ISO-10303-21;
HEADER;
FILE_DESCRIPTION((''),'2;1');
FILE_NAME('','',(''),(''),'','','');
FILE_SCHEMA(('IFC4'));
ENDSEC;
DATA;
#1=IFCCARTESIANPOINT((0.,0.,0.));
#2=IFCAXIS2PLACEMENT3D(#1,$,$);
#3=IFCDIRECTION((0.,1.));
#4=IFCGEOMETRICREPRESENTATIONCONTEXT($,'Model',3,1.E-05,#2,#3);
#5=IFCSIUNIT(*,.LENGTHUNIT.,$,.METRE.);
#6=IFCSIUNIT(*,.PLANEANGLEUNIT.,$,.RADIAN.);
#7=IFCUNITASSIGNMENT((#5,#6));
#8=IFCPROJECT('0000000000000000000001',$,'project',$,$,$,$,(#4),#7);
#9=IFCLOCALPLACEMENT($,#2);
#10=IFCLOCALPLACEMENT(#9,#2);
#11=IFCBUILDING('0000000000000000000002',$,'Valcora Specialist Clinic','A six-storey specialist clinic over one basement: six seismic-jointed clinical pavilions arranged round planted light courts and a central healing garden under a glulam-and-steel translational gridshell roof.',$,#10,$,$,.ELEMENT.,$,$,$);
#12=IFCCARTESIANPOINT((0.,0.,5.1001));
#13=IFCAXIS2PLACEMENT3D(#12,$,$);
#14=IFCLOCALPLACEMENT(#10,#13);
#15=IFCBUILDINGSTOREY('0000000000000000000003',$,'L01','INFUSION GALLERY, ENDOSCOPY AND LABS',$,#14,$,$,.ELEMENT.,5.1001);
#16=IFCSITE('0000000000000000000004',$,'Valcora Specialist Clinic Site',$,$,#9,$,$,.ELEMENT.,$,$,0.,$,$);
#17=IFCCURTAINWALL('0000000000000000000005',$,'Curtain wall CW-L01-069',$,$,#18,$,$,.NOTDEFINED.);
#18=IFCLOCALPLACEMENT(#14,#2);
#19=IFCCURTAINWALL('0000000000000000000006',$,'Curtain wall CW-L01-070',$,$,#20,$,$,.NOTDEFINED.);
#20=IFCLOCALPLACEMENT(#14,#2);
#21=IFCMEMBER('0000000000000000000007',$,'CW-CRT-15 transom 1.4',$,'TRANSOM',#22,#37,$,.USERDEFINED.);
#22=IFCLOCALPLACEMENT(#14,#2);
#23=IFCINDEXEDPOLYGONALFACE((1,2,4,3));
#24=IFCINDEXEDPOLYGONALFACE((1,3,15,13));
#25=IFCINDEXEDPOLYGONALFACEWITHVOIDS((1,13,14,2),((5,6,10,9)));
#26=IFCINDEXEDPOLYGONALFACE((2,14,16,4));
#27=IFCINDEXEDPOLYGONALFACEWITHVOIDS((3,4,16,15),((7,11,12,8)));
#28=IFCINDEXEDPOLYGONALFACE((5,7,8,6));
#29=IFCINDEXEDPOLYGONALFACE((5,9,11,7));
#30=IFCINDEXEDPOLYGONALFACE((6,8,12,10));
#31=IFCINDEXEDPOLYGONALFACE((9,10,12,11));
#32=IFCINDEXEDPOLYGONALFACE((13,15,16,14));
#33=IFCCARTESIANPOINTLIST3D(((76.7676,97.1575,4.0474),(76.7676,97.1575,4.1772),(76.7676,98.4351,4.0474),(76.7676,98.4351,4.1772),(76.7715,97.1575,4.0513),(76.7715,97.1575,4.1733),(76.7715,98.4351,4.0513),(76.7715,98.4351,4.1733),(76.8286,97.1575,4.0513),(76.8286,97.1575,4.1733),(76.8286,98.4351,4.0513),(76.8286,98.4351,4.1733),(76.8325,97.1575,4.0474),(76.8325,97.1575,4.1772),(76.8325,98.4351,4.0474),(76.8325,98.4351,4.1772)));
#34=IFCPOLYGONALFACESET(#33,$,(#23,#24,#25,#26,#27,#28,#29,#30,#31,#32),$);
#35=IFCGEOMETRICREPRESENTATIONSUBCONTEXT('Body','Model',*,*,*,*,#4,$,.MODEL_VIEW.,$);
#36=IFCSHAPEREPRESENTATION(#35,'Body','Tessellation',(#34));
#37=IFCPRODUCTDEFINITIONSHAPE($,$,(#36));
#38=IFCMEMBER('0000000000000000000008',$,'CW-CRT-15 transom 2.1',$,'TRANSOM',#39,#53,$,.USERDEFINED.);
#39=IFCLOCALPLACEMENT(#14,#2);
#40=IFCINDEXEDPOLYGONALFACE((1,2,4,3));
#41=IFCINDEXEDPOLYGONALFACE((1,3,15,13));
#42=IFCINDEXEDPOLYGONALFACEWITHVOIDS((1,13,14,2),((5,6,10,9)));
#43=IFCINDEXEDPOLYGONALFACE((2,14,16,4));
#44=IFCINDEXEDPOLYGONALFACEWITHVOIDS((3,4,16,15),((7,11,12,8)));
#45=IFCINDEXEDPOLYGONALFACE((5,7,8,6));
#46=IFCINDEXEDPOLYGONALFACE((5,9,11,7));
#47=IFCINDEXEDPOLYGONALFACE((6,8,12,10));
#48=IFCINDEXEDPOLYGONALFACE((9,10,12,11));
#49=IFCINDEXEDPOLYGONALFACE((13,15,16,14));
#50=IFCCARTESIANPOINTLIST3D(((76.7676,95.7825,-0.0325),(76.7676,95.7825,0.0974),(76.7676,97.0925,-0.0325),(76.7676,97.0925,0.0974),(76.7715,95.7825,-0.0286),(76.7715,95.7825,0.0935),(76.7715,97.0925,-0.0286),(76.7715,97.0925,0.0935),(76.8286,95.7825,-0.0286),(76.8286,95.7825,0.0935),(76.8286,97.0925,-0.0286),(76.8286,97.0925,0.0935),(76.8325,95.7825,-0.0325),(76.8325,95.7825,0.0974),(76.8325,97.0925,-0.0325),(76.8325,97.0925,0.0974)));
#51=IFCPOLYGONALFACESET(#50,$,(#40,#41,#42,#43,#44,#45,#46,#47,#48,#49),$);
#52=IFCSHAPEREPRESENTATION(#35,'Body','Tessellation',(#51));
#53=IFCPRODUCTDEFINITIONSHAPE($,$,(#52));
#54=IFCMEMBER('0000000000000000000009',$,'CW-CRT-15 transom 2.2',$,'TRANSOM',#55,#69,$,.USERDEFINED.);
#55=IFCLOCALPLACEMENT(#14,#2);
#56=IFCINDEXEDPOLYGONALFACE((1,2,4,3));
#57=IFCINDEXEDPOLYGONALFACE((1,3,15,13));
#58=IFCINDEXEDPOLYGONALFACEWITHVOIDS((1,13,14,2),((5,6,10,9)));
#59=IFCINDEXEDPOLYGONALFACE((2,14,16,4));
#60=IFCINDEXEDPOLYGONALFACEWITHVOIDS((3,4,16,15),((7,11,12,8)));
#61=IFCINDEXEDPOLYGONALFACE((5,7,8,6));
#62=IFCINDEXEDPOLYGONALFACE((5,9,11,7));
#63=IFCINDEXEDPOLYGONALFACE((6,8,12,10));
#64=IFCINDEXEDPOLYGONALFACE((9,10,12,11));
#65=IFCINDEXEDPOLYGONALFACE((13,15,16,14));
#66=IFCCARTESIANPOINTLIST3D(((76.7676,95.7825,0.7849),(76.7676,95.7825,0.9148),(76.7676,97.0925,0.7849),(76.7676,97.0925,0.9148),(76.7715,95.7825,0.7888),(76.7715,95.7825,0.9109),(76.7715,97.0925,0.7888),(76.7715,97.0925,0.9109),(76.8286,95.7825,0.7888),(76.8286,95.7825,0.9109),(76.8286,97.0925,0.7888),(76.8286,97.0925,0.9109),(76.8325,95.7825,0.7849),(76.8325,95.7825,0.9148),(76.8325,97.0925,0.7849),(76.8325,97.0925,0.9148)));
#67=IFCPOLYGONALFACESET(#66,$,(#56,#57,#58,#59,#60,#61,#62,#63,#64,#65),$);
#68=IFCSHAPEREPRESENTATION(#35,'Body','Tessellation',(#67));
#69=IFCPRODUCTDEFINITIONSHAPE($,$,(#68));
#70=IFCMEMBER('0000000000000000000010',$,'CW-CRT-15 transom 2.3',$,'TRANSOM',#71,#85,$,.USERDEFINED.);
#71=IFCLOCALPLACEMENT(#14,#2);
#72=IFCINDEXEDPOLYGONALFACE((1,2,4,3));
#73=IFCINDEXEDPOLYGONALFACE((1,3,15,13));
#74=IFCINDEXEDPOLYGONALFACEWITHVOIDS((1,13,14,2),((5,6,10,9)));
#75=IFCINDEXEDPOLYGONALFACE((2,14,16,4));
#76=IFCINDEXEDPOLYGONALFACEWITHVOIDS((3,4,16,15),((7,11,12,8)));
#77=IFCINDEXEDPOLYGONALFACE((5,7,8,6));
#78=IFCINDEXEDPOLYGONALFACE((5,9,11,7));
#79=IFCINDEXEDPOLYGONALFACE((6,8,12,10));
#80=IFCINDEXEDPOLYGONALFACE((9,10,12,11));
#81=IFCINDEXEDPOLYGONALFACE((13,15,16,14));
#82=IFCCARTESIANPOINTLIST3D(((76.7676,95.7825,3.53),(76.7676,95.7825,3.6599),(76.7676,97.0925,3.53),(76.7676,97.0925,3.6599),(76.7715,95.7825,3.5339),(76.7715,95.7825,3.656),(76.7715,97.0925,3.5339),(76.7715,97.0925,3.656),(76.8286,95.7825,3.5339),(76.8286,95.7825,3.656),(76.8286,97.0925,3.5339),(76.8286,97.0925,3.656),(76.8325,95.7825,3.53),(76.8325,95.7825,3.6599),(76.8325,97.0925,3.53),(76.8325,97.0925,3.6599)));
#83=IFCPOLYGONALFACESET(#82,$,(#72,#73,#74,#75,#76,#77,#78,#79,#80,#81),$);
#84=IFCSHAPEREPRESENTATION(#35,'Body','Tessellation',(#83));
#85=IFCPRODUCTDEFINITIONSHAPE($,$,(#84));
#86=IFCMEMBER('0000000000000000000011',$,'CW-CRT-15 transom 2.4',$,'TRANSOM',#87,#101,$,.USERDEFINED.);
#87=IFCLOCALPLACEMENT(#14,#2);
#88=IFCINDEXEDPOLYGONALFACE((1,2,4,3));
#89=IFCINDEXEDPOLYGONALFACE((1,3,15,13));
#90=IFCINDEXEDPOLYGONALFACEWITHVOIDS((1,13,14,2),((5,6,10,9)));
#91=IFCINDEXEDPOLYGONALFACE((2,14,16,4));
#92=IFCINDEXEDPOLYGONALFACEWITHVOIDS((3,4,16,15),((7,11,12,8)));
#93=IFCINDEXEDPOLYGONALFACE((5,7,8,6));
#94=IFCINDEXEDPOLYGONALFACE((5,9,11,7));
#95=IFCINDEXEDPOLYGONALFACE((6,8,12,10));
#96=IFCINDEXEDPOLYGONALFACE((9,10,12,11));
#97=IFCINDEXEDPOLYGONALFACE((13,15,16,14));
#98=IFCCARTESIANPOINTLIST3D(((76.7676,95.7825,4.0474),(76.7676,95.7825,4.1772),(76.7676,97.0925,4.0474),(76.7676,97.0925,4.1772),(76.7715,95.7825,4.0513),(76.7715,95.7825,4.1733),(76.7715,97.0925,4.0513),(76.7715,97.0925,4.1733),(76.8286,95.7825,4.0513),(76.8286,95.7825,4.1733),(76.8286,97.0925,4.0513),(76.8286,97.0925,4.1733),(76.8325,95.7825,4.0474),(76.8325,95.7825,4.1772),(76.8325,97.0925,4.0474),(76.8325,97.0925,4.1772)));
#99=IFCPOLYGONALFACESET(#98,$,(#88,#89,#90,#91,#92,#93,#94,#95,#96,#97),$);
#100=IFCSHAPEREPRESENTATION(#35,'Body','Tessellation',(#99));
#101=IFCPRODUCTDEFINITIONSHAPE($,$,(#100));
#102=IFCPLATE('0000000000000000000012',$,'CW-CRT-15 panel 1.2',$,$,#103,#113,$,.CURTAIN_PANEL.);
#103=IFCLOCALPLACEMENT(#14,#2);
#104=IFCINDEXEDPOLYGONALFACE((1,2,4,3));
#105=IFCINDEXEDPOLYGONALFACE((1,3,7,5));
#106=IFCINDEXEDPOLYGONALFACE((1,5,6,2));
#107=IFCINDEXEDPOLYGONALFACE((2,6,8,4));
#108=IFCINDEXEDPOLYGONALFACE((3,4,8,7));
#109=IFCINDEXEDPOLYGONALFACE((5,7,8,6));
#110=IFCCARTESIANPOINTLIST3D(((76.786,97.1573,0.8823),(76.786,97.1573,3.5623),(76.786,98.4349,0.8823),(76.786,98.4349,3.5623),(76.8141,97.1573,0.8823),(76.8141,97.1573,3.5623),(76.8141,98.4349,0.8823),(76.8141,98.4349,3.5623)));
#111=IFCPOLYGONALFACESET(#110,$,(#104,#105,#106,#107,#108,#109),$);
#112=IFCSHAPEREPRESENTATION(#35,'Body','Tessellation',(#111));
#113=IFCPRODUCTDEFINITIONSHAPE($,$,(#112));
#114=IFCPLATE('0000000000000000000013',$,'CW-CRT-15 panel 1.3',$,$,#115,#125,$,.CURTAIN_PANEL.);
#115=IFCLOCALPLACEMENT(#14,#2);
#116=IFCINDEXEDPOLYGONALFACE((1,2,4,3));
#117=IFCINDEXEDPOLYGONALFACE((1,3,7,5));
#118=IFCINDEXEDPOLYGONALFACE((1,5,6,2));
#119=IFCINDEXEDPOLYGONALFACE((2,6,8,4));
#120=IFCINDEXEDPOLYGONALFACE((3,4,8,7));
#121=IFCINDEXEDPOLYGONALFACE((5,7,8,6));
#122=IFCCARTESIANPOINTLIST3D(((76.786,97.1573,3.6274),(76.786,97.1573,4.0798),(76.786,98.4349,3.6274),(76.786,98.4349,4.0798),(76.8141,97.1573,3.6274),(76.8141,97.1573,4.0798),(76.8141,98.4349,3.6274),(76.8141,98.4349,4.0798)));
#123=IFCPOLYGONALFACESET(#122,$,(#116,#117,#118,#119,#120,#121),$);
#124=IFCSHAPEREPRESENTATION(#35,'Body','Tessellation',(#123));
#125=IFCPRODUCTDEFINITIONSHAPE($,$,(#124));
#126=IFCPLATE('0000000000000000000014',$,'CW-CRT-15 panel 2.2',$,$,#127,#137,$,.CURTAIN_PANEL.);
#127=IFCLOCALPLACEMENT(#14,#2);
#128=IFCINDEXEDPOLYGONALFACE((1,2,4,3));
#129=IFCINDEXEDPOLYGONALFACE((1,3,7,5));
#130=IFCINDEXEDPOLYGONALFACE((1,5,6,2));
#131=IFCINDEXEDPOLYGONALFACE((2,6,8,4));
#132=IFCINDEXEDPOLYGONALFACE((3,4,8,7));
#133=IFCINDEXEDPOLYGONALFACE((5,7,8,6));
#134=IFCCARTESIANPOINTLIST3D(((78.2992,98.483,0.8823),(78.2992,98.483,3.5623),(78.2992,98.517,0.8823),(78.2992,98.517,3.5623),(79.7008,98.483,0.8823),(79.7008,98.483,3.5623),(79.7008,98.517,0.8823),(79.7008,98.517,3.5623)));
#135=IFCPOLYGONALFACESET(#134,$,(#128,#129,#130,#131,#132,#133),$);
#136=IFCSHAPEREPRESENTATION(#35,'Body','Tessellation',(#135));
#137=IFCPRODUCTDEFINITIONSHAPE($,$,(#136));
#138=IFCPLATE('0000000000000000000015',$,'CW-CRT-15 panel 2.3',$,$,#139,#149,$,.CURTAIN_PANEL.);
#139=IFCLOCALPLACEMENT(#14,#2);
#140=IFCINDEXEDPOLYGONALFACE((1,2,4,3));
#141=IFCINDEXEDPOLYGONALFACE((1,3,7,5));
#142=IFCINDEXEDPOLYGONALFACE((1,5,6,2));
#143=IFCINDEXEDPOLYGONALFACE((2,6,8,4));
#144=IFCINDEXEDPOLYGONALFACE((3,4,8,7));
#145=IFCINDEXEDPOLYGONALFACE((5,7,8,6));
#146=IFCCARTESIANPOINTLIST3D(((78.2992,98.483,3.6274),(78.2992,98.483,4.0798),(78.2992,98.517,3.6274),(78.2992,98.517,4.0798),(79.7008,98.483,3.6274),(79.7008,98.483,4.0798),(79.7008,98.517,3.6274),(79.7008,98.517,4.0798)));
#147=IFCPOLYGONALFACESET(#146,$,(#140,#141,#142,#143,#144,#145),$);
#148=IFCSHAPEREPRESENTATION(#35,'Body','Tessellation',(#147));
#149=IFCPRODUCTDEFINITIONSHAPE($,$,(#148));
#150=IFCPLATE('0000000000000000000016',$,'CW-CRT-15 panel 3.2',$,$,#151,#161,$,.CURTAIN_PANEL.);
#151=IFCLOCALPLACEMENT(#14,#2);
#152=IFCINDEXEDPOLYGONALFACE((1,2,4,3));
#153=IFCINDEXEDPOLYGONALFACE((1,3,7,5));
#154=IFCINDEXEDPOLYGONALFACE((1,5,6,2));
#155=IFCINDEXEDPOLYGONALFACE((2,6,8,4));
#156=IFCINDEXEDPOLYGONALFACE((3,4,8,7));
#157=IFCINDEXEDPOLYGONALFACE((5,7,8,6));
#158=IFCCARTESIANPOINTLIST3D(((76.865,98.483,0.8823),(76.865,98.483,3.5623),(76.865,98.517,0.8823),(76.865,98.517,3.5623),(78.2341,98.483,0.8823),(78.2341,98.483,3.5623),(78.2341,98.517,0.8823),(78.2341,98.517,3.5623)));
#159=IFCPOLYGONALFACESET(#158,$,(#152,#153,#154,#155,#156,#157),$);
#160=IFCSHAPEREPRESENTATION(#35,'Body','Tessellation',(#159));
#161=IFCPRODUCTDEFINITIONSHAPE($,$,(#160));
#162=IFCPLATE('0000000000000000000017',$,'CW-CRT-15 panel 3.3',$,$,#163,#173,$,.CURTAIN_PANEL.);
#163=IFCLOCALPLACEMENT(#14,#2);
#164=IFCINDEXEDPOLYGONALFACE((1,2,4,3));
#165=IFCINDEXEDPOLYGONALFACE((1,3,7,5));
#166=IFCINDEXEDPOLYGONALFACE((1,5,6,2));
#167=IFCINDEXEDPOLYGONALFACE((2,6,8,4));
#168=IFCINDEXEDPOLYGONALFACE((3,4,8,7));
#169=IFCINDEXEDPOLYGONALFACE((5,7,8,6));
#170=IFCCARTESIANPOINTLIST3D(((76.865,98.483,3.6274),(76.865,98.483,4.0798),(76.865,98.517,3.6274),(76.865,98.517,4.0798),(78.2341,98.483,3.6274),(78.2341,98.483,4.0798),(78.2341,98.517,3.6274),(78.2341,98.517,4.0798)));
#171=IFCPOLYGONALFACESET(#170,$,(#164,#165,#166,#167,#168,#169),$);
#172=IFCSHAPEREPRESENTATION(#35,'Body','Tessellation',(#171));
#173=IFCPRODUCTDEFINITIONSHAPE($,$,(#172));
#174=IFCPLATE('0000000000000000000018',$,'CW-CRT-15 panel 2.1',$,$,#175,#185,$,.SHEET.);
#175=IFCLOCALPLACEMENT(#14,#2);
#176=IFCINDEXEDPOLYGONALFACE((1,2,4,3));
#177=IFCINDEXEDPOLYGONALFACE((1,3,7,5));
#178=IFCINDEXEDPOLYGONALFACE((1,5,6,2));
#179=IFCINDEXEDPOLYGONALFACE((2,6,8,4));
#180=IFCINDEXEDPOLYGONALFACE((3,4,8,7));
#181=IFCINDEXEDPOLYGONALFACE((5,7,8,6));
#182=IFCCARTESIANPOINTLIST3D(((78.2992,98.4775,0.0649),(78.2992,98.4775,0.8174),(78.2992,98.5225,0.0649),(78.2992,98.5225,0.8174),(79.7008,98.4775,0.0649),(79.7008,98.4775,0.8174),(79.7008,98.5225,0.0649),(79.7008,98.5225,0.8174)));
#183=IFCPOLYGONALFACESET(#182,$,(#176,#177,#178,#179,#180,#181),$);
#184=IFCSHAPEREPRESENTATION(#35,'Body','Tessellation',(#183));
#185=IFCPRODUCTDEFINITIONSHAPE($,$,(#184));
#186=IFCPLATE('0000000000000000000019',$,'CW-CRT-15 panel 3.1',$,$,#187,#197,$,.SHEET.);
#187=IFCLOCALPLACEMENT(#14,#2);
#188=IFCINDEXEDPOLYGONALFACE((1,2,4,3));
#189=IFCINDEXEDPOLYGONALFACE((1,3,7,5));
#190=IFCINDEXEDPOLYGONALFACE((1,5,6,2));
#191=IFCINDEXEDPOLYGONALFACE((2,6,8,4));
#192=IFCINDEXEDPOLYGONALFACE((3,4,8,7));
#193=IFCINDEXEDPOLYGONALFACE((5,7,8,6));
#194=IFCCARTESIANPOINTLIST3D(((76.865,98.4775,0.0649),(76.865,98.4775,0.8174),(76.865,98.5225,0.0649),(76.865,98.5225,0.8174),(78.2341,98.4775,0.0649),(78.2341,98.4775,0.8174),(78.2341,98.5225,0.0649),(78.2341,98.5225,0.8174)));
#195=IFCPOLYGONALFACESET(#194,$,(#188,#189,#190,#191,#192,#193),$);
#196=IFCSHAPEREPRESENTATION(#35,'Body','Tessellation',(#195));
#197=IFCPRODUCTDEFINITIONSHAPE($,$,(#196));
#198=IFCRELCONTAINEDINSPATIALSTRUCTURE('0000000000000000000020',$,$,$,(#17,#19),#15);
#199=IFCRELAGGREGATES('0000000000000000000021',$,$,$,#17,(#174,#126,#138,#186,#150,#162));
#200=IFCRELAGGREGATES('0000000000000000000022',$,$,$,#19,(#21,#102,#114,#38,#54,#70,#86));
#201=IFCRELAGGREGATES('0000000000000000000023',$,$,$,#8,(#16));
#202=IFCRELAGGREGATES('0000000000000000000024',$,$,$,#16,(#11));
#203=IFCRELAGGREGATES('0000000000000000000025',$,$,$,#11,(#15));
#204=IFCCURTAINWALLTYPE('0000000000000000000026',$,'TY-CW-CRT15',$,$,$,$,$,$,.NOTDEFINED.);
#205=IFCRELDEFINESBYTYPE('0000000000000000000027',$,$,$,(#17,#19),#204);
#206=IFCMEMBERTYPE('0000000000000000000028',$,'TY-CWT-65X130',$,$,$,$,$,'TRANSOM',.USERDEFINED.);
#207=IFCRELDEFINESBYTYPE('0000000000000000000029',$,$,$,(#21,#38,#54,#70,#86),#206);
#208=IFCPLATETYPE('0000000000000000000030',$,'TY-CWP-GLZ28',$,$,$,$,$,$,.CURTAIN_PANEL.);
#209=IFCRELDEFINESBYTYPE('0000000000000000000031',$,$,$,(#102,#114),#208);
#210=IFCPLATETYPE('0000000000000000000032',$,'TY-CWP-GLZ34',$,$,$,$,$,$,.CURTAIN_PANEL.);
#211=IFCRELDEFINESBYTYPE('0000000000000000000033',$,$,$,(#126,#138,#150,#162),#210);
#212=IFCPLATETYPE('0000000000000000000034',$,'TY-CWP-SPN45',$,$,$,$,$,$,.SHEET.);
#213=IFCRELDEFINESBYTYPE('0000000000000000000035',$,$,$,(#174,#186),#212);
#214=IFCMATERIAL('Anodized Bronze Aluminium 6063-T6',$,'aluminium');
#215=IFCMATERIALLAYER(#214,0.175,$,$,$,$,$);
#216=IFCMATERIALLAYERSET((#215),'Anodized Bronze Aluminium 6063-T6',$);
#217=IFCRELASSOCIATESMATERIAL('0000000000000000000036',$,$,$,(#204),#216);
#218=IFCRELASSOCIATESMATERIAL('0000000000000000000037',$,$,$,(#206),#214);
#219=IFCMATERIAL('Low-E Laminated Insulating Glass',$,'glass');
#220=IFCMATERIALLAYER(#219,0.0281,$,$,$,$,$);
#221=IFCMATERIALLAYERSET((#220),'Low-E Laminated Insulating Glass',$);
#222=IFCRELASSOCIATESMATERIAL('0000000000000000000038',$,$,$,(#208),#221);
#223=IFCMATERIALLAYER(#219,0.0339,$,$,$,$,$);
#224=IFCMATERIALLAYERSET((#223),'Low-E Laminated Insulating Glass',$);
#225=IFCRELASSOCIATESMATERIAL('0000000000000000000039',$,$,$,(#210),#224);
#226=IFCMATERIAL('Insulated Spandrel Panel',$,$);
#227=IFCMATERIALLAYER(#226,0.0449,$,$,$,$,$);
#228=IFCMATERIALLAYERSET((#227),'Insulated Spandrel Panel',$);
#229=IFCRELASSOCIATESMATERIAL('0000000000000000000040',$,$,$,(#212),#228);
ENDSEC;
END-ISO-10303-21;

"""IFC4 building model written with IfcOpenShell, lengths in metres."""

from ifc_helpers import new_model, si_unit, direction, frame, origin, origin_2d, place, context, subcontext, project, spatial, rectangle, hollow_rectangle, extrude, material, layer, layer_set, material_profile, profile_set, type_object, element, aggregate, save


model = new_model("IFC4")

# Units and contexts
model_context = context("Model", 3, precision=1e-05, world=origin(), true_north=direction((0.0, 1.0)))
body_context = subcontext(model_context, "Body", "Model", "MODEL_VIEW")
ifc_project = project(units=[si_unit("LENGTHUNIT", "METRE"), si_unit("PLANEANGLEUNIT", "RADIAN")], contexts=[model_context])

# Site, building, storey
site_placement = place(None, origin())
site = spatial("IfcSite", under=ifc_project, at=site_placement, Name="Valcora Specialist Clinic Site", CompositionType="ELEMENT", RefElevation=0.0)
building_placement = place(site_placement, origin())
building = spatial("IfcBuilding", under=site, at=building_placement, Name="Valcora Specialist Clinic", Description="A six-storey specialist clinic over one basement: six seismic-jointed clinical pavilions arranged round planted light courts and a central healing garden under a glulam-and-steel translational gridshell roof.", CompositionType="ELEMENT")
storey_placement = place(building_placement, frame((0.0, 0.0, 5.1001)))
storey = spatial("IfcBuildingStorey", under=building, at=storey_placement, Name="L01", Description="INFUSION GALLERY, ENDOSCOPY AND LABS", CompositionType="ELEMENT", Elevation=5.1001)

# Curtain walls
ifc_material_1 = material(Name="Anodized Bronze Aluminium 6063-T6", Category="aluminium")
ifc_layer_1 = layer(ifc_material_1, 0.175)
ifc_layer_set_1 = layer_set([ifc_layer_1], Name="Anodized Bronze Aluminium 6063-T6")
curtain_wall_type = type_object("IfcCurtainWallType", Name="TY-CW-CRT15", PredefinedType="NOTDEFINED", material=ifc_layer_set_1)
curtain_wall_1_placement = place(storey_placement, origin())
curtain_wall_1 = element("IfcCurtainWall", 1, at=curtain_wall_1_placement, inside=storey, type_object=curtain_wall_type, Name="Curtain wall CW-L01-069", PredefinedType="NOTDEFINED")
curtain_wall_2_placement = place(storey_placement, origin())
curtain_wall_2 = element("IfcCurtainWall", 2, at=curtain_wall_2_placement, inside=storey, type_object=curtain_wall_type, Name="Curtain wall CW-L01-070", PredefinedType="NOTDEFINED")

# Members
ifc_material_profile_1 = material_profile(ifc_material_1, hollow_rectangle(XDim=0.0649, YDim=0.1299, WallThickness=0.0039, at=origin_2d()), Name="AL-TRN-65X130")
ifc_profile_set_1 = profile_set([ifc_material_profile_1], Name="Anodized Bronze Aluminium 6063-T6")
member_type_1 = type_object("IfcMemberType", Name="TY-CWT-65X130", ElementType="TRANSOM", PredefinedType="USERDEFINED", material=ifc_profile_set_1)
member_1_placement = place(storey_placement, frame((76.8, 98.4351, 4.1123), z_axis=(0.0, -1.0, 0.0), x_axis=(1.0, 0.0, 0.0)))
member_1 = element("IfcMember", 3, at=member_1_placement, type_object=member_type_1, Name="CW-CRT-15 transom 1.4", ObjectType="TRANSOM", PredefinedType="USERDEFINED", context=body_context, shape_type="SweptSolid", body=[
    extrude(hollow_rectangle(XDim=0.0649, YDim=0.1299, WallThickness=0.0039, at=origin_2d()), origin(), (0.0, 0.0, 1.0), 1.2776),
])
member_2_placement = place(storey_placement, frame((76.8, 97.0925, 0.0325), z_axis=(0.0, -1.0, 0.0), x_axis=(1.0, 0.0, 0.0)))
member_2 = element("IfcMember", 4, at=member_2_placement, type_object=member_type_1, Name="CW-CRT-15 transom 2.1", ObjectType="TRANSOM", PredefinedType="USERDEFINED", context=body_context, shape_type="SweptSolid", body=[
    extrude(hollow_rectangle(XDim=0.0649, YDim=0.1299, WallThickness=0.0039, at=origin_2d()), origin(), (0.0, 0.0, 1.0), 1.3101),
])
member_3_placement = place(storey_placement, frame((76.8, 97.0925, 0.8499), z_axis=(0.0, -1.0, 0.0), x_axis=(1.0, 0.0, 0.0)))
member_3 = element("IfcMember", 5, at=member_3_placement, type_object=member_type_1, Name="CW-CRT-15 transom 2.2", ObjectType="TRANSOM", PredefinedType="USERDEFINED", context=body_context, shape_type="SweptSolid", body=[
    extrude(hollow_rectangle(XDim=0.0649, YDim=0.1299, WallThickness=0.0039, at=origin_2d()), origin(), (0.0, 0.0, 1.0), 1.3101),
])
member_4_placement = place(storey_placement, frame((76.8, 97.0925, 3.595), z_axis=(0.0, -1.0, 0.0), x_axis=(1.0, 0.0, 0.0)))
member_4 = element("IfcMember", 6, at=member_4_placement, type_object=member_type_1, Name="CW-CRT-15 transom 2.3", ObjectType="TRANSOM", PredefinedType="USERDEFINED", context=body_context, shape_type="SweptSolid", body=[
    extrude(hollow_rectangle(XDim=0.0649, YDim=0.1299, WallThickness=0.0039, at=origin_2d()), origin(), (0.0, 0.0, 1.0), 1.3101),
])
member_5_placement = place(storey_placement, frame((76.8, 97.0925, 4.1123), z_axis=(0.0, -1.0, 0.0), x_axis=(1.0, 0.0, 0.0)))
member_5 = element("IfcMember", 7, at=member_5_placement, type_object=member_type_1, Name="CW-CRT-15 transom 2.4", ObjectType="TRANSOM", PredefinedType="USERDEFINED", context=body_context, shape_type="SweptSolid", body=[
    extrude(hollow_rectangle(XDim=0.0649, YDim=0.1299, WallThickness=0.0039, at=origin_2d()), origin(), (0.0, 0.0, 1.0), 1.3101),
])

# Plates
ifc_material_2 = material(Name="Low-E Laminated Insulating Glass", Category="glass")
ifc_layer_2 = layer(ifc_material_2, 0.0281)
ifc_layer_set_2 = layer_set([ifc_layer_2], Name="Low-E Laminated Insulating Glass")
plate_type_1 = type_object("IfcPlateType", Name="TY-CWP-GLZ28", PredefinedType="CURTAIN_PANEL", material=ifc_layer_set_2)
plate_1_placement = place(storey_placement, frame((76.8, 97.7961, 0.8823), z_axis=(0.0, 0.0, 1.0), x_axis=(0.0, -1.0, 0.0)))
plate_1 = element("IfcPlate", 8, at=plate_1_placement, type_object=plate_type_1, Name="CW-CRT-15 panel 1.2", PredefinedType="CURTAIN_PANEL", context=body_context, shape_type="SweptSolid", body=[
    extrude(rectangle(XDim=1.2776, YDim=0.0281, at=origin_2d()), origin(), (0.0, 0.0, 1.0), 2.6799),
])
plate_2_placement = place(storey_placement, frame((76.8, 97.7961, 3.6274), z_axis=(0.0, 0.0, 1.0), x_axis=(0.0, -1.0, 0.0)))
plate_2 = element("IfcPlate", 9, at=plate_2_placement, type_object=plate_type_1, Name="CW-CRT-15 panel 1.3", PredefinedType="CURTAIN_PANEL", context=body_context, shape_type="SweptSolid", body=[
    extrude(rectangle(XDim=1.2776, YDim=0.0281, at=origin_2d()), origin(), (0.0, 0.0, 1.0), 0.4524),
])
ifc_layer_3 = layer(ifc_material_2, 0.0339)
ifc_layer_set_3 = layer_set([ifc_layer_3], Name="Low-E Laminated Insulating Glass")
plate_type_2 = type_object("IfcPlateType", Name="TY-CWP-GLZ34", PredefinedType="CURTAIN_PANEL", material=ifc_layer_set_3)
plate_3_placement = place(storey_placement, frame((79.0, 98.5, 0.8823), z_axis=(0.0, 0.0, 1.0), x_axis=(-1.0, 0.0, 0.0)))
plate_3 = element("IfcPlate", 10, at=plate_3_placement, type_object=plate_type_2, Name="CW-CRT-15 panel 2.2", PredefinedType="CURTAIN_PANEL", context=body_context, shape_type="SweptSolid", body=[
    extrude(rectangle(XDim=1.4016, YDim=0.0339, at=origin_2d()), origin(), (0.0, 0.0, 1.0), 2.6799),
])
plate_4_placement = place(storey_placement, frame((79.0, 98.5, 3.6274), z_axis=(0.0, 0.0, 1.0), x_axis=(-1.0, 0.0, 0.0)))
plate_4 = element("IfcPlate", 11, at=plate_4_placement, type_object=plate_type_2, Name="CW-CRT-15 panel 2.3", PredefinedType="CURTAIN_PANEL", context=body_context, shape_type="SweptSolid", body=[
    extrude(rectangle(XDim=1.4016, YDim=0.0339, at=origin_2d()), origin(), (0.0, 0.0, 1.0), 0.4524),
])
plate_5_placement = place(storey_placement, frame((77.5496, 98.5, 0.8823), z_axis=(0.0, 0.0, 1.0), x_axis=(-1.0, 0.0, 0.0)))
plate_5 = element("IfcPlate", 12, at=plate_5_placement, type_object=plate_type_2, Name="CW-CRT-15 panel 3.2", PredefinedType="CURTAIN_PANEL", context=body_context, shape_type="SweptSolid", body=[
    extrude(rectangle(XDim=1.3691, YDim=0.0339, at=origin_2d()), origin(), (0.0, 0.0, 1.0), 2.6799),
])
plate_6_placement = place(storey_placement, frame((77.5496, 98.5, 3.6274), z_axis=(0.0, 0.0, 1.0), x_axis=(-1.0, 0.0, 0.0)))
plate_6 = element("IfcPlate", 13, at=plate_6_placement, type_object=plate_type_2, Name="CW-CRT-15 panel 3.3", PredefinedType="CURTAIN_PANEL", context=body_context, shape_type="SweptSolid", body=[
    extrude(rectangle(XDim=1.3691, YDim=0.0339, at=origin_2d()), origin(), (0.0, 0.0, 1.0), 0.4524),
])
ifc_material_3 = material(Name="Insulated Spandrel Panel")
ifc_layer_4 = layer(ifc_material_3, 0.0449)
ifc_layer_set_4 = layer_set([ifc_layer_4], Name="Insulated Spandrel Panel")
plate_type_3 = type_object("IfcPlateType", Name="TY-CWP-SPN45", PredefinedType="SHEET", material=ifc_layer_set_4)
plate_7_placement = place(storey_placement, frame((79.0, 98.5, 0.0649), z_axis=(0.0, 0.0, 1.0), x_axis=(-1.0, 0.0, 0.0)))
plate_7 = element("IfcPlate", 14, at=plate_7_placement, type_object=plate_type_3, Name="CW-CRT-15 panel 2.1", PredefinedType="SHEET", context=body_context, shape_type="SweptSolid", body=[
    extrude(rectangle(XDim=1.4016, YDim=0.0449, at=origin_2d()), origin(), (0.0, 0.0, 1.0), 0.7524),
])
plate_8_placement = place(storey_placement, frame((77.5496, 98.5, 0.0649), z_axis=(0.0, 0.0, 1.0), x_axis=(-1.0, 0.0, 0.0)))
plate_8 = element("IfcPlate", 15, at=plate_8_placement, type_object=plate_type_3, Name="CW-CRT-15 panel 3.1", PredefinedType="SHEET", context=body_context, shape_type="SweptSolid", body=[
    extrude(rectangle(XDim=1.3691, YDim=0.0449, at=origin_2d()), origin(), (0.0, 0.0, 1.0), 0.7524),
])
aggregate(curtain_wall_1, [plate_7, plate_3, plate_4, plate_8, plate_5, plate_6])
aggregate(curtain_wall_2, [member_1, plate_1, plate_2, member_2, member_3, member_4, member_5])

save(model, "model.ifc")
